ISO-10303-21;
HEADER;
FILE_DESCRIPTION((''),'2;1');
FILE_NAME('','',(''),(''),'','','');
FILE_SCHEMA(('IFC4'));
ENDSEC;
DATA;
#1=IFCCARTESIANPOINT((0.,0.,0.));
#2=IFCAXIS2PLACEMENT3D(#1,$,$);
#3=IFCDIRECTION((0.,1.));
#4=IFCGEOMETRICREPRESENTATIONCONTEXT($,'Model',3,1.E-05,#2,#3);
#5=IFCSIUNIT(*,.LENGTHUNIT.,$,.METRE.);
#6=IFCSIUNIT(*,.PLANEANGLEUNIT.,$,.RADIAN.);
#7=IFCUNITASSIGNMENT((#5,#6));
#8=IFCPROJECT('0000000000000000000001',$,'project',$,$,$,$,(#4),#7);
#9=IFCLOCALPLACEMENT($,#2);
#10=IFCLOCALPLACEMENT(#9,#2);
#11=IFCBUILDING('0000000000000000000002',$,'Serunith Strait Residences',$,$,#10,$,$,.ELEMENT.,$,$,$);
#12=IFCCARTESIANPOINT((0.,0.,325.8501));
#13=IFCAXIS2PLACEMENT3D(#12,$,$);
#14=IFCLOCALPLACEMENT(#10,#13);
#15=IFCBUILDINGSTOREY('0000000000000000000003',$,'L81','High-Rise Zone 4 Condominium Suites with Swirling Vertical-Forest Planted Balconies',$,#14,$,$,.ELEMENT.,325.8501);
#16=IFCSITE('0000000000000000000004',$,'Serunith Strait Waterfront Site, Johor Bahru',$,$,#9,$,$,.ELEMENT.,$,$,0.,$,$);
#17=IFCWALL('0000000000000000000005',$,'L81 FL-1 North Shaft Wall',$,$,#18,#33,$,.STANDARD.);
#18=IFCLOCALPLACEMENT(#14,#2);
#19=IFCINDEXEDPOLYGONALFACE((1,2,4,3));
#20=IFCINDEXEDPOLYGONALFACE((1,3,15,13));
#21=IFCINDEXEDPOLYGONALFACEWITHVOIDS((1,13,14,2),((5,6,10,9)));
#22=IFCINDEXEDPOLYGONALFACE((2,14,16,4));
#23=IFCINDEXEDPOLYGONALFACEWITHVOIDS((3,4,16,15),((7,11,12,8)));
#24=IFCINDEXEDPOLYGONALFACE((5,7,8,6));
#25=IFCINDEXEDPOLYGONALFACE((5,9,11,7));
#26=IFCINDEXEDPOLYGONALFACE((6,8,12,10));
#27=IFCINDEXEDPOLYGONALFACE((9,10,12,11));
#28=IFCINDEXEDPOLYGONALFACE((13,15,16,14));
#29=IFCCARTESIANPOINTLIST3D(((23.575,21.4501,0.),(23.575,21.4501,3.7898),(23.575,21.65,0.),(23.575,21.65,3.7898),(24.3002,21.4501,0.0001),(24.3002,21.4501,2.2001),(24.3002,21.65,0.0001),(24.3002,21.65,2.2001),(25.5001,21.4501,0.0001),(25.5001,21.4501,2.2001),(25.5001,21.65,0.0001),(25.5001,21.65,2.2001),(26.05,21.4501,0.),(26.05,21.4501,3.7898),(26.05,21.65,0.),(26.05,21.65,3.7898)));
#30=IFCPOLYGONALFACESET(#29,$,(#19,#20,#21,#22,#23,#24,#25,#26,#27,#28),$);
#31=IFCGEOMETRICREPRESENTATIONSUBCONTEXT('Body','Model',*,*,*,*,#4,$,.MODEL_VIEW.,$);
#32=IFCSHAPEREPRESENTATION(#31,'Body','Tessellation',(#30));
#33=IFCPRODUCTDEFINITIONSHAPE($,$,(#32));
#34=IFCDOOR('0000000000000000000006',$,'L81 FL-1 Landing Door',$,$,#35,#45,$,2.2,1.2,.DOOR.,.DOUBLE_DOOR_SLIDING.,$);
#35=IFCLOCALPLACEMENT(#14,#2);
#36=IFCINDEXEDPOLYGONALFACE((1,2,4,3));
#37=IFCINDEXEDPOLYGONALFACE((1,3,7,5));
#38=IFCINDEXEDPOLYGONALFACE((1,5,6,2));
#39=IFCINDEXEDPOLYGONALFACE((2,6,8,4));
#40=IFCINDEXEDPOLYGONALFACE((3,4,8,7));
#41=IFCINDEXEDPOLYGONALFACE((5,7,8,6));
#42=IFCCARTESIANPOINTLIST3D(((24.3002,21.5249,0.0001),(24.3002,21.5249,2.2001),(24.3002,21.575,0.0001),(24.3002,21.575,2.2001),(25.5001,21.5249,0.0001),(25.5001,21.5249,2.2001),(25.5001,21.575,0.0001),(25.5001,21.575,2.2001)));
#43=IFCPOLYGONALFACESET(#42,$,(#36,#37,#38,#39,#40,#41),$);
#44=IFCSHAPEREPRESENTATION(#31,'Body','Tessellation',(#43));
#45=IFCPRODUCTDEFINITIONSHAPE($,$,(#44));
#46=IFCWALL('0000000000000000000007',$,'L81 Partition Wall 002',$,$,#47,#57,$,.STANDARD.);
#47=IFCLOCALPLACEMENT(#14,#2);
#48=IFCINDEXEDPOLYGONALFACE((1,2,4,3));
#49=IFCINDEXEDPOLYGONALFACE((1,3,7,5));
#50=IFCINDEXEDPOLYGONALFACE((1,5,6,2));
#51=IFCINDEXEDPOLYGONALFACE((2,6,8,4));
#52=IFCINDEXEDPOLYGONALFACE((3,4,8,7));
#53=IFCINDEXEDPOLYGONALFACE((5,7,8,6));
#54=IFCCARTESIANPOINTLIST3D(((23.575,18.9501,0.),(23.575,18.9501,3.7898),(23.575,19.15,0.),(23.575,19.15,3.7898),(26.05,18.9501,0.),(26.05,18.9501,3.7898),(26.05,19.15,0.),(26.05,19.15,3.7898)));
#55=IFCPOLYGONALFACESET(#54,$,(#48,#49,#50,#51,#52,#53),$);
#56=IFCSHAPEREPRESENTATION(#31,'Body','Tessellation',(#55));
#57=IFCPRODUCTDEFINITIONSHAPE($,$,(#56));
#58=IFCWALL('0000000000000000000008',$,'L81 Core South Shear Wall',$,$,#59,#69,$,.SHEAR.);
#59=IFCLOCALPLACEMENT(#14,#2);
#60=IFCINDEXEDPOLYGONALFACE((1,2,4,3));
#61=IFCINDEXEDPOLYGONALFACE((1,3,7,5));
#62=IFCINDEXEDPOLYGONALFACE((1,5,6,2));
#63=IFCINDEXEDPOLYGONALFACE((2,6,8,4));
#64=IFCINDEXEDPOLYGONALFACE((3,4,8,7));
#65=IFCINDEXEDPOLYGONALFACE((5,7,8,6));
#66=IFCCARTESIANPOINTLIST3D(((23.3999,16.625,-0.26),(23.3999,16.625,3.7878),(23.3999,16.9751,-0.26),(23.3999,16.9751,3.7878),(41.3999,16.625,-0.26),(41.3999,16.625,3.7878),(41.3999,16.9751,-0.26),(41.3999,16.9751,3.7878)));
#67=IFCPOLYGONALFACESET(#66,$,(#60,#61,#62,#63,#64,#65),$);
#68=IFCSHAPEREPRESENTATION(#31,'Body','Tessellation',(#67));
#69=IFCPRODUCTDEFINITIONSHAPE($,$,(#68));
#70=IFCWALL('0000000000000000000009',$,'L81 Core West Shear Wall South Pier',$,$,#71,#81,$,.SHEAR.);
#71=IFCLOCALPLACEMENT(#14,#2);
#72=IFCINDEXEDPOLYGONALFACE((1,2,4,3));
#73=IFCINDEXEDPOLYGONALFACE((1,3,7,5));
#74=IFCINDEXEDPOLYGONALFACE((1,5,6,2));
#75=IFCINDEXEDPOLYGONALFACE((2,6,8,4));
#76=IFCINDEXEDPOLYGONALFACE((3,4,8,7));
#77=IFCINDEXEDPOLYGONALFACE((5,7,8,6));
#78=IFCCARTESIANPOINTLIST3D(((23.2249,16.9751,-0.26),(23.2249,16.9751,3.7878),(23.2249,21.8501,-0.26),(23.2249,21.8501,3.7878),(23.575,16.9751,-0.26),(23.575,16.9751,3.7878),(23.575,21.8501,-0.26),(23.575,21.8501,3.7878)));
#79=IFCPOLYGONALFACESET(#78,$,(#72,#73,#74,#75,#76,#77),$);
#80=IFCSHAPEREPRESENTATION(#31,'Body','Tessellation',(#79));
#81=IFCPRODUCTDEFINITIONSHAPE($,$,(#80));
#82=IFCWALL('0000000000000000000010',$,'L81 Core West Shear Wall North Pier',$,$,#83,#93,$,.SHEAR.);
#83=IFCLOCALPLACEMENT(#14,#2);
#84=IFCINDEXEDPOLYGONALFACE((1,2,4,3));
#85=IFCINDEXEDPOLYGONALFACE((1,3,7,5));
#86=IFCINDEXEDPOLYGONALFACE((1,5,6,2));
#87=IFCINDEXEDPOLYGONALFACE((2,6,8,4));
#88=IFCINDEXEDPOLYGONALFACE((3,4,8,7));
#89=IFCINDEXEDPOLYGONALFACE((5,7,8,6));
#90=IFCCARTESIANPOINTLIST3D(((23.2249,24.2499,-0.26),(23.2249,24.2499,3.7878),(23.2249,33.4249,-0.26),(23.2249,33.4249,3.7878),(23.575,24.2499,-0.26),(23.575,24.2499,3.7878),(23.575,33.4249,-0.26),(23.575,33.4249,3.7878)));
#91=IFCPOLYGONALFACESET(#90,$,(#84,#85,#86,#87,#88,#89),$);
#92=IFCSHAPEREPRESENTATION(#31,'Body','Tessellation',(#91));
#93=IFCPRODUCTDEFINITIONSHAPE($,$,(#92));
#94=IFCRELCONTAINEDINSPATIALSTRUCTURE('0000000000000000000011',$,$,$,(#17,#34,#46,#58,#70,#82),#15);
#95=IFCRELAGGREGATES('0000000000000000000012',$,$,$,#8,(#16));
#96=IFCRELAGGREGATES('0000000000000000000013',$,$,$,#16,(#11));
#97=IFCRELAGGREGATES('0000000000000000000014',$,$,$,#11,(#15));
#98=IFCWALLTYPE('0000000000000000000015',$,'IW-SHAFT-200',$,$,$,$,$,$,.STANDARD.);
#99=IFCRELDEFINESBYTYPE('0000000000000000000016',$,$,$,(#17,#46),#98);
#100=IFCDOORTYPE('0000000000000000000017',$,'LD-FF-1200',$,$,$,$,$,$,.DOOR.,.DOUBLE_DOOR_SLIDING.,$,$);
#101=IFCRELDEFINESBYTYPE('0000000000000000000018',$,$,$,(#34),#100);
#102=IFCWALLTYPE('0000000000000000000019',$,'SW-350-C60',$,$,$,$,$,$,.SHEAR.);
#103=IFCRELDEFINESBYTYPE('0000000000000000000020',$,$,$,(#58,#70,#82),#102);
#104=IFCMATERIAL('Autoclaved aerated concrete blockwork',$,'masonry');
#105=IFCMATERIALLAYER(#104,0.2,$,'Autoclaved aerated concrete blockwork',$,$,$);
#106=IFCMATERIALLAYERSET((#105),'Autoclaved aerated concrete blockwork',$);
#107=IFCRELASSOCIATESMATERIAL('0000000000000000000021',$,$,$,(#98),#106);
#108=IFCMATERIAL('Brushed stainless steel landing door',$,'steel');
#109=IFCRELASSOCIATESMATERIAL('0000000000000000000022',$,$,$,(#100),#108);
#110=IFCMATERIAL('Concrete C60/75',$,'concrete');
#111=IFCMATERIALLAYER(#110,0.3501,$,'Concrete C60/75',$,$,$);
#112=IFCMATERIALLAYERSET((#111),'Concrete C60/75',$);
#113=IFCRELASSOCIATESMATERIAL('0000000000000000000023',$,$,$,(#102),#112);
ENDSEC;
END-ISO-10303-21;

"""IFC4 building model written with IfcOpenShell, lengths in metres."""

from ifc_helpers import new_model, si_unit, direction, frame, frame_2d, origin, place, context, subcontext, project, spatial, rectangle, extrude, source, transform, mapped, material, layer, layer_set, type_object, element, fill, save


model = new_model("IFC4")

# Units and contexts
model_context = context("Model", 3, precision=1e-05, world=origin(), true_north=direction((0.0, 1.0)))
body_context = subcontext(model_context, "Body", "Model", "MODEL_VIEW")
ifc_project = project(units=[si_unit("LENGTHUNIT", "METRE"), si_unit("PLANEANGLEUNIT", "RADIAN")], contexts=[model_context])

# Site, building, storey
site_placement = place(None, origin())
site = spatial("IfcSite", under=ifc_project, at=site_placement, Name="Serunith Strait Waterfront Site, Johor Bahru", CompositionType="ELEMENT", RefElevation=0.0)
building_placement = place(site_placement, origin())
building = spatial("IfcBuilding", under=site, at=building_placement, Name="Serunith Strait Residences", CompositionType="ELEMENT")
storey_placement = place(building_placement, frame((0.0, 0.0, 325.8501)))
storey = spatial("IfcBuildingStorey", under=building, at=storey_placement, Name="L81", Description="High-Rise Zone 4 Condominium Suites with Swirling Vertical-Forest Planted Balconies", CompositionType="ELEMENT", Elevation=325.8501)

# Wall, opening, door
ifc_material_1 = material(Name="Autoclaved aerated concrete blockwork", Category="masonry")
ifc_layer_1 = layer(ifc_material_1, 0.2, Name="Autoclaved aerated concrete blockwork")
ifc_layer_set_1 = layer_set([ifc_layer_1], Name="Autoclaved aerated concrete blockwork")
wall_type_1 = type_object("IfcWallType", Name="IW-SHAFT-200", PredefinedType="STANDARD", material=ifc_layer_set_1)
wall_1_placement = place(storey_placement, frame((23.575, 21.55, 0.0), z_axis=(0.0, 0.0, 1.0), x_axis=(1.0, 0.0, 0.0)))
wall_1 = element("IfcWall", 1, at=wall_1_placement, inside=storey, type_object=wall_type_1, Name="L81 FL-1 North Shaft Wall", PredefinedType="STANDARD", context=body_context, shape_type="SweptSolid", body=[
    extrude(rectangle(XDim=2.4751, YDim=0.2, at=frame_2d((1.2375, 0.0))), origin(), (0.0, 0.0, 1.0), 3.7898),
])
opening_1_placement = place(wall_1_placement, frame((0.7251, 0.0, 0.0)))
opening_1 = element("IfcOpeningElement", 2, at=opening_1_placement, cuts=wall_1, PredefinedType="OPENING", context=body_context, shape_type="SweptSolid", body=[
    extrude(rectangle(XDim=1.2, YDim=2.2, at=frame_2d((0.6001, 1.1001))), frame((0.0, 0.1099, 0.0), z_axis=(0.0, -1.0, 0.0), x_axis=(1.0, 0.0, 0.0)), (0.0, 0.0, 1.0), 0.22),
])
ifc_material_2 = material(Name="Brushed stainless steel landing door", Category="steel")
door_type_1 = type_object("IfcDoorType", Name="LD-FF-1200", OperationType="DOUBLE_DOOR_SLIDING", PredefinedType="DOOR", material=ifc_material_2)
shared_shape_1 = source(origin(), body_context, "Body", "SweptSolid", [
    extrude(rectangle(XDim=1.2, YDim=2.2, at=frame_2d((0.6001, 1.1001))), frame((0.0, 0.0249, 0.0), z_axis=(0.0, -1.0, 0.0), x_axis=(1.0, 0.0, 0.0)), (0.0, 0.0, 1.0), 0.05),
])
door_1_placement = place(opening_1_placement, origin())
door_1 = element("IfcDoor", 3, at=door_1_placement, inside=storey, type_object=door_type_1, Name="L81 FL-1 Landing Door", OperationType="DOUBLE_DOOR_SLIDING", OverallHeight=2.2, OverallWidth=1.2, PredefinedType="DOOR", context=body_context, shape_type="MappedRepresentation", body=[
    mapped(shared_shape_1, transform((0.0, 0.0, 0.0), scale=1.0)),
])
fill(opening_1, door_1)

# Wall
wall_2_placement = place(storey_placement, frame((23.575, 19.05, 0.0), z_axis=(0.0, 0.0, 1.0), x_axis=(1.0, 0.0, 0.0)))
element("IfcWall", 4, at=wall_2_placement, inside=storey, type_object=wall_type_1, Name="L81 Partition Wall 002", PredefinedType="STANDARD", context=body_context, shape_type="SweptSolid", body=[
    extrude(rectangle(XDim=2.4751, YDim=0.2, at=frame_2d((1.2375, 0.0))), origin(), (0.0, 0.0, 1.0), 3.7898),
])

# Walls
ifc_material_3 = material(Name="Concrete C60/75", Category="concrete")
ifc_layer_2 = layer(ifc_material_3, 0.3501, Name="Concrete C60/75")
ifc_layer_set_2 = layer_set([ifc_layer_2], Name="Concrete C60/75")
wall_type_2 = type_object("IfcWallType", Name="SW-350-C60", PredefinedType="SHEAR", material=ifc_layer_set_2)
wall_3_placement = place(storey_placement, frame((23.3999, 16.8, -0.26), z_axis=(0.0, 0.0, 1.0), x_axis=(1.0, 0.0, 0.0)))
element("IfcWall", 5, at=wall_3_placement, inside=storey, type_object=wall_type_2, Name="L81 Core South Shear Wall", PredefinedType="SHEAR", context=body_context, shape_type="SweptSolid", body=[
    extrude(rectangle(XDim=18.0, YDim=0.3501, at=frame_2d((9.0, 0.0))), origin(), (0.0, 0.0, 1.0), 4.0479),
])
wall_4_placement = place(storey_placement, frame((23.3999, 16.9751, -0.26), z_axis=(0.0, 0.0, 1.0), x_axis=(0.0, 1.0, 0.0)))
element("IfcWall", 6, at=wall_4_placement, inside=storey, type_object=wall_type_2, Name="L81 Core West Shear Wall South Pier", PredefinedType="SHEAR", context=body_context, shape_type="SweptSolid", body=[
    extrude(rectangle(XDim=4.875, YDim=0.3501, at=frame_2d((2.4375, 0.0))), origin(), (0.0, 0.0, 1.0), 4.0479),
])
wall_5_placement = place(storey_placement, frame((23.3999, 24.25, -0.26), z_axis=(0.0, 0.0, 1.0), x_axis=(0.0, 1.0, 0.0)))
element("IfcWall", 7, at=wall_5_placement, inside=storey, type_object=wall_type_2, Name="L81 Core West Shear Wall North Pier", PredefinedType="SHEAR", context=body_context, shape_type="SweptSolid", body=[
    extrude(rectangle(XDim=9.175, YDim=0.3501, at=frame_2d((4.5874, 0.0))), origin(), (0.0, 0.0, 1.0), 4.0479),
])

save(model, "model.ifc")
